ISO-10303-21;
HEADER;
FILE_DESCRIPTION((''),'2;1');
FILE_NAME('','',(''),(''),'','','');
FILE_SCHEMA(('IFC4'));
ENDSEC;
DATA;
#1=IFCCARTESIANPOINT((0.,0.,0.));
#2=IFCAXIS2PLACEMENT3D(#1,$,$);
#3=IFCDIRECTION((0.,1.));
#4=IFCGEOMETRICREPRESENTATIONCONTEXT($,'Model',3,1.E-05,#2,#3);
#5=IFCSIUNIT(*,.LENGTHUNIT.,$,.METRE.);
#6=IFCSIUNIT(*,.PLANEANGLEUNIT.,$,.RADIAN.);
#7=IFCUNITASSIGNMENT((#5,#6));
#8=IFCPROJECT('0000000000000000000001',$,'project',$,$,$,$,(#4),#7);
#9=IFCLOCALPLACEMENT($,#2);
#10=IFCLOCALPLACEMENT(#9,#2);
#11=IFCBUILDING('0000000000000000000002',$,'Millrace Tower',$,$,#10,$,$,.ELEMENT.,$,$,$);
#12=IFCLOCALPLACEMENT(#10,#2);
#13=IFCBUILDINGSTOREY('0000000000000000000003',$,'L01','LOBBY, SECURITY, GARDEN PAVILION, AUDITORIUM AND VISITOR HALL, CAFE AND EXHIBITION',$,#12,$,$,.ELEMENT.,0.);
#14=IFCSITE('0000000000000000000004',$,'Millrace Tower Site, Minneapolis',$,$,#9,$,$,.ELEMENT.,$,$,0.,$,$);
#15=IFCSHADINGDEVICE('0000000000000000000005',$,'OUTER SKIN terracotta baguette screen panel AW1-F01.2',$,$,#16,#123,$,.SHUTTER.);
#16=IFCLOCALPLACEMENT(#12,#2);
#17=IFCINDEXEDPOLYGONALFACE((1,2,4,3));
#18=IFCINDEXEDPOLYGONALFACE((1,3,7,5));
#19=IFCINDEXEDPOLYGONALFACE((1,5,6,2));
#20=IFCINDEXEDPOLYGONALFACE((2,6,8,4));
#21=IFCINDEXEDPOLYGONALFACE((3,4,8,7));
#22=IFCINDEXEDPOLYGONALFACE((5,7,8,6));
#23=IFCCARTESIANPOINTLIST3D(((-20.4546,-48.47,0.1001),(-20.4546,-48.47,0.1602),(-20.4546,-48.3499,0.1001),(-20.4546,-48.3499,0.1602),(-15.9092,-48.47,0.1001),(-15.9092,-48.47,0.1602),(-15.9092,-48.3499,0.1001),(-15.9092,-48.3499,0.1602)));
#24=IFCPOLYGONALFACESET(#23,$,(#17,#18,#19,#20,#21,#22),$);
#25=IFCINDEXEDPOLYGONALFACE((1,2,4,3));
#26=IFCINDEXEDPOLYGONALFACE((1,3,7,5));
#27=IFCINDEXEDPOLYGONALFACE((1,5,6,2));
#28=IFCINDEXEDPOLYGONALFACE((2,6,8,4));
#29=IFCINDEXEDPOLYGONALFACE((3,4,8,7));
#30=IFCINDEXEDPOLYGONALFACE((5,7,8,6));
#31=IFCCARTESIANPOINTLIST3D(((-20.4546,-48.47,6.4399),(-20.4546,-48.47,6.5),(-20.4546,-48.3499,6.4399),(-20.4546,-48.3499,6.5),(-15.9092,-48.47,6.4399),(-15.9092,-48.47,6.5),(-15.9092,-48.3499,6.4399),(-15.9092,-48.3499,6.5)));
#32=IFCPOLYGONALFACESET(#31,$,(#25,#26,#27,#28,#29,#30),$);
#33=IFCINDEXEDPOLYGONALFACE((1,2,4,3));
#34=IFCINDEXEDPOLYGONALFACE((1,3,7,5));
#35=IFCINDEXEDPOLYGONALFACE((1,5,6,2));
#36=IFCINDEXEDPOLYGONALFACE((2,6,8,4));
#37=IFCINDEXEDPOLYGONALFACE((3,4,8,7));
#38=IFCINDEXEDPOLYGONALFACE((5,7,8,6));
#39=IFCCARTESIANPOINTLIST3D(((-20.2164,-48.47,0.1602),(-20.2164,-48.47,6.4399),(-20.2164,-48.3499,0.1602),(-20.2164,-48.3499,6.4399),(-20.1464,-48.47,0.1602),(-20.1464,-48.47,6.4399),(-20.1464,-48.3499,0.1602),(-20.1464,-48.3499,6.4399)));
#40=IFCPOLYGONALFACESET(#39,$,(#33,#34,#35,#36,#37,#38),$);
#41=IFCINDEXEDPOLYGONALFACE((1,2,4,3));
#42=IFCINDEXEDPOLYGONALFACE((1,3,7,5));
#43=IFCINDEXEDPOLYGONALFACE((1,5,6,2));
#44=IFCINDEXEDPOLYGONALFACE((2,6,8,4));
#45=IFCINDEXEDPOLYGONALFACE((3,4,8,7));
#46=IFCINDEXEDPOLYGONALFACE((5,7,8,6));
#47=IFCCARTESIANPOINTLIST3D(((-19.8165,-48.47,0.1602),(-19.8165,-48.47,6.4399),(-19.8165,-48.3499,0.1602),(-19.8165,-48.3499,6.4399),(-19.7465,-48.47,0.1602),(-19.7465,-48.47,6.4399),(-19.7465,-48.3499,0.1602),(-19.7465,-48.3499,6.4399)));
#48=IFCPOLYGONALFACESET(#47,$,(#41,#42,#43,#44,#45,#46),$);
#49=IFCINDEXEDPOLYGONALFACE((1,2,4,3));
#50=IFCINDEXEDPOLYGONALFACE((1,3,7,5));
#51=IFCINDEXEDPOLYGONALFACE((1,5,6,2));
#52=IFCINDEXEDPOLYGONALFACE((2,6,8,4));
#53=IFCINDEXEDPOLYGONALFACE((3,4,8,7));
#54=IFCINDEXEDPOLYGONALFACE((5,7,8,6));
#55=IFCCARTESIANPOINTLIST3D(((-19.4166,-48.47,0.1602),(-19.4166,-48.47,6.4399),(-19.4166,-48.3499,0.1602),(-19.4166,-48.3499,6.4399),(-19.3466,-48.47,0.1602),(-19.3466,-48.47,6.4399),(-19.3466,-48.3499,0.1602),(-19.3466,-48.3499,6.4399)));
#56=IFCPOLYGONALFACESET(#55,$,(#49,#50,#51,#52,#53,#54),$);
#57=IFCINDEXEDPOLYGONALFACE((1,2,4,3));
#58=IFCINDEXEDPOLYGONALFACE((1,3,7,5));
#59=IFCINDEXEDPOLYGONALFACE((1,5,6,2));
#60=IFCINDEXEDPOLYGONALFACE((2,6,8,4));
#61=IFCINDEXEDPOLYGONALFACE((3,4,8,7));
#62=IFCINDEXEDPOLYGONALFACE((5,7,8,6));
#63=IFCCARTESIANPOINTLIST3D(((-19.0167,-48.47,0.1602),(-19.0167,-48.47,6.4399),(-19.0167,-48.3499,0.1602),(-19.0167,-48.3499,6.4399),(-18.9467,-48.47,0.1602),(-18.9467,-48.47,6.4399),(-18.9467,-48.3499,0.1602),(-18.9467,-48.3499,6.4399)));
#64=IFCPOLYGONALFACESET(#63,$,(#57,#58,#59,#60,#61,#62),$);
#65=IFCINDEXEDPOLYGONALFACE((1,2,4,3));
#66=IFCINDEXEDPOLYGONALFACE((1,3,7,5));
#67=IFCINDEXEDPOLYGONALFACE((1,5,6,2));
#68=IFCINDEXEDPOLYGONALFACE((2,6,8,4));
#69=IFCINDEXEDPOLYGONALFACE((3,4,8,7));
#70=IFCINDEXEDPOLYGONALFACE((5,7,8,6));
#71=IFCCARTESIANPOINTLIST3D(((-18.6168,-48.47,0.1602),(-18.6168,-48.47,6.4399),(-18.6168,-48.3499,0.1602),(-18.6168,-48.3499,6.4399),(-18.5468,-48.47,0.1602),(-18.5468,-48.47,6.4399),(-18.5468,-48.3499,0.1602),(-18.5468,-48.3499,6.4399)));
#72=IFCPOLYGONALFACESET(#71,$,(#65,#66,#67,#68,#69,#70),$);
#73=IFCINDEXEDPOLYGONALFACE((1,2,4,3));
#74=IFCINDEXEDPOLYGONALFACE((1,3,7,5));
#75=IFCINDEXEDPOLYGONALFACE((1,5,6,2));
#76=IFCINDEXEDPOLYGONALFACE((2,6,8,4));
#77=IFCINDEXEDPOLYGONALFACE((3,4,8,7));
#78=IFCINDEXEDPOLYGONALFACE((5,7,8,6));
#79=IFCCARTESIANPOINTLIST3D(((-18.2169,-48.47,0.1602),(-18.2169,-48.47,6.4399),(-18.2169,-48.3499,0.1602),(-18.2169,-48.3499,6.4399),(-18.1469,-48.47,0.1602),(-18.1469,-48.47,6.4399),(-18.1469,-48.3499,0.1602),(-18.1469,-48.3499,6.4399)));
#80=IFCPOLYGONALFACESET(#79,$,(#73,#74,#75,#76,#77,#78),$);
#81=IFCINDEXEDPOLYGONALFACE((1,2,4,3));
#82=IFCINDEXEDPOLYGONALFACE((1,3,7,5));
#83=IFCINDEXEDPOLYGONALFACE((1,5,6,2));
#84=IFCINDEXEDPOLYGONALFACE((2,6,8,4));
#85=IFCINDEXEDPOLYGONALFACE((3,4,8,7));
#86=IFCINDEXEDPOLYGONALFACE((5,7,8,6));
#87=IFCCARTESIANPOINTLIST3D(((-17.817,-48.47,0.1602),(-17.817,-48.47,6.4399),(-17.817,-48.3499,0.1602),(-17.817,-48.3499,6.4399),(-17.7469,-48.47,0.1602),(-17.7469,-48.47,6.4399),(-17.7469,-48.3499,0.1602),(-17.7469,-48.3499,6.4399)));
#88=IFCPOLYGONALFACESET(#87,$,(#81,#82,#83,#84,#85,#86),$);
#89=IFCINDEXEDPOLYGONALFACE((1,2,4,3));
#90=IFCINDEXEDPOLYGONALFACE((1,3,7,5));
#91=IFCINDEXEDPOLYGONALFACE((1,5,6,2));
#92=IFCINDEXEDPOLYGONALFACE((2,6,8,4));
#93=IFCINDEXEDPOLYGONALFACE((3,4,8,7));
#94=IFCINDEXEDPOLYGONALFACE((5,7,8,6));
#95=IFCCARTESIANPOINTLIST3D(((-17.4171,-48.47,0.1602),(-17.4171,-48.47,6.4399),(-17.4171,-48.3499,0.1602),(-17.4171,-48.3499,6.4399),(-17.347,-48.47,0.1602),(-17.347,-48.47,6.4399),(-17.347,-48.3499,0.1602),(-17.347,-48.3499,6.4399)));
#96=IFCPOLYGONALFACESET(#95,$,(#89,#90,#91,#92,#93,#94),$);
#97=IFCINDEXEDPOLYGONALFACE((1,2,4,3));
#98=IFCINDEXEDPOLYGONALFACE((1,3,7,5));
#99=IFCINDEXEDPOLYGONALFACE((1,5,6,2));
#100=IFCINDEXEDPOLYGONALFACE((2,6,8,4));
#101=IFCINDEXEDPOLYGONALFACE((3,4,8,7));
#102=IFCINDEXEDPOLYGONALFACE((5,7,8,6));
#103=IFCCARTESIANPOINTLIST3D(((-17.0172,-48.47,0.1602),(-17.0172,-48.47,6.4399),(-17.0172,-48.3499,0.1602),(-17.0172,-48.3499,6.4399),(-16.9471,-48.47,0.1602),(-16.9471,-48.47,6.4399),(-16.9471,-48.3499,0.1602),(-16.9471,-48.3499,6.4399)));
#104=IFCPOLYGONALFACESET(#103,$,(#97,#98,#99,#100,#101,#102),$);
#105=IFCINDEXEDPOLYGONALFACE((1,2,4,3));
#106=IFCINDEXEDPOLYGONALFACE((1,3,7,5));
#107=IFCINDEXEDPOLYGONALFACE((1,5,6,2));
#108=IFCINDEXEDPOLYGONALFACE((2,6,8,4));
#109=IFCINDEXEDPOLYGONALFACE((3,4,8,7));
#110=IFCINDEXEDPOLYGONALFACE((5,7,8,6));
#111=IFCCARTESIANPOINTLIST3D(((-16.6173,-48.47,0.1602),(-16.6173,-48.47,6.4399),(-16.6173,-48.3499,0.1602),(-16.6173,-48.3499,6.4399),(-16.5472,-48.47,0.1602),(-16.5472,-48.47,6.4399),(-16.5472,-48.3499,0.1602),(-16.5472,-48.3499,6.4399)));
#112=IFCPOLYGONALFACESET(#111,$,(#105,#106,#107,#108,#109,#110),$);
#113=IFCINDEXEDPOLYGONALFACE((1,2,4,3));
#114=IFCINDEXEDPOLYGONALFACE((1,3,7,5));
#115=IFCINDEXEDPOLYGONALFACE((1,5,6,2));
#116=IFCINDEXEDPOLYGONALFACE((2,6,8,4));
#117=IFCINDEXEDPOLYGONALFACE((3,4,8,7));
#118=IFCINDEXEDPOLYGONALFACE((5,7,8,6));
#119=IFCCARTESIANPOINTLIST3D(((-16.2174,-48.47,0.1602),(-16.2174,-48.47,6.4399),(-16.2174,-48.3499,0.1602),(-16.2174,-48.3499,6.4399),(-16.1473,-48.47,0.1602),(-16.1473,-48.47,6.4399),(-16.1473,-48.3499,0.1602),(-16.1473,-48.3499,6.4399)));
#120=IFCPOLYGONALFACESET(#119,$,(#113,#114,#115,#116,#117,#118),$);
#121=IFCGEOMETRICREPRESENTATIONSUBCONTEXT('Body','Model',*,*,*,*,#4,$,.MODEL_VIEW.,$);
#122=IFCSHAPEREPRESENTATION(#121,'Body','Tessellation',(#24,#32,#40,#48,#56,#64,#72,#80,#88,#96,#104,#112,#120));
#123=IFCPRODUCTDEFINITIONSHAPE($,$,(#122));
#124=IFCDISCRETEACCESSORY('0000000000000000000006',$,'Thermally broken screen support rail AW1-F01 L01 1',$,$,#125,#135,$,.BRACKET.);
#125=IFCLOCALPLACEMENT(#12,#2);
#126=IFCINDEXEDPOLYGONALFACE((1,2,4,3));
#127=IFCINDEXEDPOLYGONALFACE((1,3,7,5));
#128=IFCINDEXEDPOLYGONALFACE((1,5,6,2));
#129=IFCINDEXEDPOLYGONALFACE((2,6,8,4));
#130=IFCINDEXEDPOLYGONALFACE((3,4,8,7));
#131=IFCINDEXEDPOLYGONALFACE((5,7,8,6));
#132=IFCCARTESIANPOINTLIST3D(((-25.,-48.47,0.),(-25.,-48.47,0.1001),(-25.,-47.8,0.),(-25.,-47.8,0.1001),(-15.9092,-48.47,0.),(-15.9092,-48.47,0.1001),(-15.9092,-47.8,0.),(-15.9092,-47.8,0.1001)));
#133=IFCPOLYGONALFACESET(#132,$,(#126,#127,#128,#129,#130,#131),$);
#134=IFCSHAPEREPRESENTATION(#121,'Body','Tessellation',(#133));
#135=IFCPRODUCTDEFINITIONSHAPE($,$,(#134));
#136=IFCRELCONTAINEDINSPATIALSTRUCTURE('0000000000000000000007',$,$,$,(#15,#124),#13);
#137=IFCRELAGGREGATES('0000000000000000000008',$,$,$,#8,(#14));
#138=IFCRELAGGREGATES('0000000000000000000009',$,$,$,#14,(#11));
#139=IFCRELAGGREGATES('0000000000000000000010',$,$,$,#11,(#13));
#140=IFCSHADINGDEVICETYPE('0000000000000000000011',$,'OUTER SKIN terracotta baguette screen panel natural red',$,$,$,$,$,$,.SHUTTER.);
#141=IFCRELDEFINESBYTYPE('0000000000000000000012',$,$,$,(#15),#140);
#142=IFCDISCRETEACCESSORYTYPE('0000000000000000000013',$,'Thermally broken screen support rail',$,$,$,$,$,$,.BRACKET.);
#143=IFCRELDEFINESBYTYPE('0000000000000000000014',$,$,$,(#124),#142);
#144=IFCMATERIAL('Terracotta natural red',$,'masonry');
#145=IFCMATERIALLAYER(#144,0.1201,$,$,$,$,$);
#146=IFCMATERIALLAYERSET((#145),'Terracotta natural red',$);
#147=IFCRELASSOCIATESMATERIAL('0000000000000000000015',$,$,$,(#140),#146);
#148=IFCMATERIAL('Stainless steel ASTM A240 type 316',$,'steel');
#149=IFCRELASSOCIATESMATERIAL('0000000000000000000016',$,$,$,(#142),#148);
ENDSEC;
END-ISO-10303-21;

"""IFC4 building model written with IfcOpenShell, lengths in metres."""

from ifc_helpers import new_model, entity, si_unit, direction, frame, frame_2d, origin, origin_2d, place, context, subcontext, project, spatial, rectangle, extrude, source, transform, mapped, material, layer, layer_set, type_object, element, save


model = new_model("IFC4")

# Units and contexts
model_context = context("Model", 3, precision=1e-05, world=origin(), true_north=direction((0.0, 1.0)))
body_context = subcontext(model_context, "Body", "Model", "MODEL_VIEW")
ifc_project = project(units=[si_unit("LENGTHUNIT", "METRE"), si_unit("PLANEANGLEUNIT", "RADIAN")], contexts=[model_context])

# Site, building, storey
site_placement = place(None, origin())
site = spatial("IfcSite", under=ifc_project, at=site_placement, Name="Millrace Tower Site, Minneapolis", CompositionType="ELEMENT", RefElevation=0.0)
building_placement = place(site_placement, origin())
building = spatial("IfcBuilding", under=site, at=building_placement, Name="Millrace Tower", CompositionType="ELEMENT")
storey_placement = place(building_placement, origin())
storey = spatial("IfcBuildingStorey", under=building, at=storey_placement, Name="L01", Description="LOBBY, SECURITY, GARDEN PAVILION, AUDITORIUM AND VISITOR HALL, CAFE AND EXHIBITION", CompositionType="ELEMENT", Elevation=0.0)

# Shading device
ifc_material_1 = material(Name="Terracotta natural red", Category="masonry")
ifc_layer_1 = layer(ifc_material_1, 0.1201)
ifc_layer_set_1 = layer_set([ifc_layer_1], Name="Terracotta natural red")
shading_device_type = type_object("IfcShadingDeviceType", Name="OUTER SKIN terracotta baguette screen panel natural red", PredefinedType="SHUTTER", material=ifc_layer_set_1)
cartesian_point_1 = entity("IfcCartesianPoint", [-2.2727, 0.0601])
shared_polyline_1 = entity("IfcPolyline", [cartesian_point_1, entity("IfcCartesianPoint", [2.2727, 0.0601]), entity("IfcCartesianPoint", [2.2727, -0.0601]), entity("IfcCartesianPoint", [-2.2727, -0.0601]), cartesian_point_1])
shared_shape_1 = source(origin(), body_context, "Body", "SweptSolid", [
    entity("IfcExtrudedAreaSolid", entity("IfcArbitraryClosedProfileDef", "AREA", None, shared_polyline_1), entity("IfcAxis2Placement3D", entity("IfcCartesianPoint", [0.0, 0.0, 0.0])), entity("IfcDirection", [0.0, 0.0, 1.0]), 0.0601),
    entity("IfcExtrudedAreaSolid", entity("IfcArbitraryClosedProfileDef", "AREA", None, shared_polyline_1), entity("IfcAxis2Placement3D", entity("IfcCartesianPoint", [0.0, 0.0, 6.3398])), entity("IfcDirection", [0.0, 0.0, 1.0]), 0.0601),
    extrude(rectangle(XDim=0.0701, YDim=0.1201, at=frame_2d((-1.9995, 0.0))), frame((0.0, 0.0, 0.0601)), (0.0, 0.0, 1.0), 6.2798),
    extrude(rectangle(XDim=0.0701, YDim=0.1201, at=frame_2d((-1.5996, 0.0))), frame((0.0, 0.0, 0.0601)), (0.0, 0.0, 1.0), 6.2798),
    extrude(rectangle(XDim=0.0701, YDim=0.1201, at=frame_2d((-1.1997, 0.0))), frame((0.0, 0.0, 0.0601)), (0.0, 0.0, 1.0), 6.2798),
    extrude(rectangle(XDim=0.0701, YDim=0.1201, at=frame_2d((-0.7998, 0.0))), frame((0.0, 0.0, 0.0601)), (0.0, 0.0, 1.0), 6.2798),
    extrude(rectangle(XDim=0.0701, YDim=0.1201, at=frame_2d((-0.3999, 0.0))), frame((0.0, 0.0, 0.0601)), (0.0, 0.0, 1.0), 6.2798),
    extrude(rectangle(XDim=0.0701, YDim=0.1201, at=origin_2d()), frame((0.0, 0.0, 0.0601)), (0.0, 0.0, 1.0), 6.2798),
    extrude(rectangle(XDim=0.0701, YDim=0.1201, at=frame_2d((0.3999, 0.0))), frame((0.0, 0.0, 0.0601)), (0.0, 0.0, 1.0), 6.2798),
    extrude(rectangle(XDim=0.0701, YDim=0.1201, at=frame_2d((0.7998, 0.0))), frame((0.0, 0.0, 0.0601)), (0.0, 0.0, 1.0), 6.2798),
    extrude(rectangle(XDim=0.0701, YDim=0.1201, at=frame_2d((1.1997, 0.0))), frame((0.0, 0.0, 0.0601)), (0.0, 0.0, 1.0), 6.2798),
    extrude(rectangle(XDim=0.0701, YDim=0.1201, at=frame_2d((1.5996, 0.0))), frame((0.0, 0.0, 0.0601)), (0.0, 0.0, 1.0), 6.2798),
    extrude(rectangle(XDim=0.0701, YDim=0.1201, at=frame_2d((1.9995, 0.0))), frame((0.0, 0.0, 0.0601)), (0.0, 0.0, 1.0), 6.2798),
])
shading_device_1_placement = place(storey_placement, frame((-18.1819, -48.4099, 0.1001), z_axis=(0.0, 0.0, 1.0), x_axis=(1.0, 0.0, 0.0)))
element("IfcShadingDevice", 1, at=shading_device_1_placement, inside=storey, type_object=shading_device_type, Name="OUTER SKIN terracotta baguette screen panel AW1-F01.2", PredefinedType="SHUTTER", context=body_context, shape_type="MappedRepresentation", body=[
    mapped(shared_shape_1, transform((0.0, 0.0, 0.0), scale=1.0)),
])

# Discrete accessory
ifc_material_2 = material(Name="Stainless steel ASTM A240 type 316", Category="steel")
discrete_accessory_type = type_object("IfcDiscreteAccessoryType", Name="Thermally broken screen support rail", PredefinedType="BRACKET", material=ifc_material_2)
discrete_accessory_placement = place(storey_placement, frame((-20.4546, -48.135, 0.0), z_axis=(0.0, 0.0, 1.0), x_axis=(1.0, 0.0, 0.0)))
element("IfcDiscreteAccessory", 2, at=discrete_accessory_placement, inside=storey, type_object=discrete_accessory_type, Name="Thermally broken screen support rail AW1-F01 L01 1", PredefinedType="BRACKET", context=body_context, shape_type="SweptSolid", body=[
    extrude(rectangle(XDim=9.0908, YDim=0.6699, at=origin_2d()), origin(), (0.0, 0.0, 1.0), 0.1001),
])

save(model, "model.ifc")
